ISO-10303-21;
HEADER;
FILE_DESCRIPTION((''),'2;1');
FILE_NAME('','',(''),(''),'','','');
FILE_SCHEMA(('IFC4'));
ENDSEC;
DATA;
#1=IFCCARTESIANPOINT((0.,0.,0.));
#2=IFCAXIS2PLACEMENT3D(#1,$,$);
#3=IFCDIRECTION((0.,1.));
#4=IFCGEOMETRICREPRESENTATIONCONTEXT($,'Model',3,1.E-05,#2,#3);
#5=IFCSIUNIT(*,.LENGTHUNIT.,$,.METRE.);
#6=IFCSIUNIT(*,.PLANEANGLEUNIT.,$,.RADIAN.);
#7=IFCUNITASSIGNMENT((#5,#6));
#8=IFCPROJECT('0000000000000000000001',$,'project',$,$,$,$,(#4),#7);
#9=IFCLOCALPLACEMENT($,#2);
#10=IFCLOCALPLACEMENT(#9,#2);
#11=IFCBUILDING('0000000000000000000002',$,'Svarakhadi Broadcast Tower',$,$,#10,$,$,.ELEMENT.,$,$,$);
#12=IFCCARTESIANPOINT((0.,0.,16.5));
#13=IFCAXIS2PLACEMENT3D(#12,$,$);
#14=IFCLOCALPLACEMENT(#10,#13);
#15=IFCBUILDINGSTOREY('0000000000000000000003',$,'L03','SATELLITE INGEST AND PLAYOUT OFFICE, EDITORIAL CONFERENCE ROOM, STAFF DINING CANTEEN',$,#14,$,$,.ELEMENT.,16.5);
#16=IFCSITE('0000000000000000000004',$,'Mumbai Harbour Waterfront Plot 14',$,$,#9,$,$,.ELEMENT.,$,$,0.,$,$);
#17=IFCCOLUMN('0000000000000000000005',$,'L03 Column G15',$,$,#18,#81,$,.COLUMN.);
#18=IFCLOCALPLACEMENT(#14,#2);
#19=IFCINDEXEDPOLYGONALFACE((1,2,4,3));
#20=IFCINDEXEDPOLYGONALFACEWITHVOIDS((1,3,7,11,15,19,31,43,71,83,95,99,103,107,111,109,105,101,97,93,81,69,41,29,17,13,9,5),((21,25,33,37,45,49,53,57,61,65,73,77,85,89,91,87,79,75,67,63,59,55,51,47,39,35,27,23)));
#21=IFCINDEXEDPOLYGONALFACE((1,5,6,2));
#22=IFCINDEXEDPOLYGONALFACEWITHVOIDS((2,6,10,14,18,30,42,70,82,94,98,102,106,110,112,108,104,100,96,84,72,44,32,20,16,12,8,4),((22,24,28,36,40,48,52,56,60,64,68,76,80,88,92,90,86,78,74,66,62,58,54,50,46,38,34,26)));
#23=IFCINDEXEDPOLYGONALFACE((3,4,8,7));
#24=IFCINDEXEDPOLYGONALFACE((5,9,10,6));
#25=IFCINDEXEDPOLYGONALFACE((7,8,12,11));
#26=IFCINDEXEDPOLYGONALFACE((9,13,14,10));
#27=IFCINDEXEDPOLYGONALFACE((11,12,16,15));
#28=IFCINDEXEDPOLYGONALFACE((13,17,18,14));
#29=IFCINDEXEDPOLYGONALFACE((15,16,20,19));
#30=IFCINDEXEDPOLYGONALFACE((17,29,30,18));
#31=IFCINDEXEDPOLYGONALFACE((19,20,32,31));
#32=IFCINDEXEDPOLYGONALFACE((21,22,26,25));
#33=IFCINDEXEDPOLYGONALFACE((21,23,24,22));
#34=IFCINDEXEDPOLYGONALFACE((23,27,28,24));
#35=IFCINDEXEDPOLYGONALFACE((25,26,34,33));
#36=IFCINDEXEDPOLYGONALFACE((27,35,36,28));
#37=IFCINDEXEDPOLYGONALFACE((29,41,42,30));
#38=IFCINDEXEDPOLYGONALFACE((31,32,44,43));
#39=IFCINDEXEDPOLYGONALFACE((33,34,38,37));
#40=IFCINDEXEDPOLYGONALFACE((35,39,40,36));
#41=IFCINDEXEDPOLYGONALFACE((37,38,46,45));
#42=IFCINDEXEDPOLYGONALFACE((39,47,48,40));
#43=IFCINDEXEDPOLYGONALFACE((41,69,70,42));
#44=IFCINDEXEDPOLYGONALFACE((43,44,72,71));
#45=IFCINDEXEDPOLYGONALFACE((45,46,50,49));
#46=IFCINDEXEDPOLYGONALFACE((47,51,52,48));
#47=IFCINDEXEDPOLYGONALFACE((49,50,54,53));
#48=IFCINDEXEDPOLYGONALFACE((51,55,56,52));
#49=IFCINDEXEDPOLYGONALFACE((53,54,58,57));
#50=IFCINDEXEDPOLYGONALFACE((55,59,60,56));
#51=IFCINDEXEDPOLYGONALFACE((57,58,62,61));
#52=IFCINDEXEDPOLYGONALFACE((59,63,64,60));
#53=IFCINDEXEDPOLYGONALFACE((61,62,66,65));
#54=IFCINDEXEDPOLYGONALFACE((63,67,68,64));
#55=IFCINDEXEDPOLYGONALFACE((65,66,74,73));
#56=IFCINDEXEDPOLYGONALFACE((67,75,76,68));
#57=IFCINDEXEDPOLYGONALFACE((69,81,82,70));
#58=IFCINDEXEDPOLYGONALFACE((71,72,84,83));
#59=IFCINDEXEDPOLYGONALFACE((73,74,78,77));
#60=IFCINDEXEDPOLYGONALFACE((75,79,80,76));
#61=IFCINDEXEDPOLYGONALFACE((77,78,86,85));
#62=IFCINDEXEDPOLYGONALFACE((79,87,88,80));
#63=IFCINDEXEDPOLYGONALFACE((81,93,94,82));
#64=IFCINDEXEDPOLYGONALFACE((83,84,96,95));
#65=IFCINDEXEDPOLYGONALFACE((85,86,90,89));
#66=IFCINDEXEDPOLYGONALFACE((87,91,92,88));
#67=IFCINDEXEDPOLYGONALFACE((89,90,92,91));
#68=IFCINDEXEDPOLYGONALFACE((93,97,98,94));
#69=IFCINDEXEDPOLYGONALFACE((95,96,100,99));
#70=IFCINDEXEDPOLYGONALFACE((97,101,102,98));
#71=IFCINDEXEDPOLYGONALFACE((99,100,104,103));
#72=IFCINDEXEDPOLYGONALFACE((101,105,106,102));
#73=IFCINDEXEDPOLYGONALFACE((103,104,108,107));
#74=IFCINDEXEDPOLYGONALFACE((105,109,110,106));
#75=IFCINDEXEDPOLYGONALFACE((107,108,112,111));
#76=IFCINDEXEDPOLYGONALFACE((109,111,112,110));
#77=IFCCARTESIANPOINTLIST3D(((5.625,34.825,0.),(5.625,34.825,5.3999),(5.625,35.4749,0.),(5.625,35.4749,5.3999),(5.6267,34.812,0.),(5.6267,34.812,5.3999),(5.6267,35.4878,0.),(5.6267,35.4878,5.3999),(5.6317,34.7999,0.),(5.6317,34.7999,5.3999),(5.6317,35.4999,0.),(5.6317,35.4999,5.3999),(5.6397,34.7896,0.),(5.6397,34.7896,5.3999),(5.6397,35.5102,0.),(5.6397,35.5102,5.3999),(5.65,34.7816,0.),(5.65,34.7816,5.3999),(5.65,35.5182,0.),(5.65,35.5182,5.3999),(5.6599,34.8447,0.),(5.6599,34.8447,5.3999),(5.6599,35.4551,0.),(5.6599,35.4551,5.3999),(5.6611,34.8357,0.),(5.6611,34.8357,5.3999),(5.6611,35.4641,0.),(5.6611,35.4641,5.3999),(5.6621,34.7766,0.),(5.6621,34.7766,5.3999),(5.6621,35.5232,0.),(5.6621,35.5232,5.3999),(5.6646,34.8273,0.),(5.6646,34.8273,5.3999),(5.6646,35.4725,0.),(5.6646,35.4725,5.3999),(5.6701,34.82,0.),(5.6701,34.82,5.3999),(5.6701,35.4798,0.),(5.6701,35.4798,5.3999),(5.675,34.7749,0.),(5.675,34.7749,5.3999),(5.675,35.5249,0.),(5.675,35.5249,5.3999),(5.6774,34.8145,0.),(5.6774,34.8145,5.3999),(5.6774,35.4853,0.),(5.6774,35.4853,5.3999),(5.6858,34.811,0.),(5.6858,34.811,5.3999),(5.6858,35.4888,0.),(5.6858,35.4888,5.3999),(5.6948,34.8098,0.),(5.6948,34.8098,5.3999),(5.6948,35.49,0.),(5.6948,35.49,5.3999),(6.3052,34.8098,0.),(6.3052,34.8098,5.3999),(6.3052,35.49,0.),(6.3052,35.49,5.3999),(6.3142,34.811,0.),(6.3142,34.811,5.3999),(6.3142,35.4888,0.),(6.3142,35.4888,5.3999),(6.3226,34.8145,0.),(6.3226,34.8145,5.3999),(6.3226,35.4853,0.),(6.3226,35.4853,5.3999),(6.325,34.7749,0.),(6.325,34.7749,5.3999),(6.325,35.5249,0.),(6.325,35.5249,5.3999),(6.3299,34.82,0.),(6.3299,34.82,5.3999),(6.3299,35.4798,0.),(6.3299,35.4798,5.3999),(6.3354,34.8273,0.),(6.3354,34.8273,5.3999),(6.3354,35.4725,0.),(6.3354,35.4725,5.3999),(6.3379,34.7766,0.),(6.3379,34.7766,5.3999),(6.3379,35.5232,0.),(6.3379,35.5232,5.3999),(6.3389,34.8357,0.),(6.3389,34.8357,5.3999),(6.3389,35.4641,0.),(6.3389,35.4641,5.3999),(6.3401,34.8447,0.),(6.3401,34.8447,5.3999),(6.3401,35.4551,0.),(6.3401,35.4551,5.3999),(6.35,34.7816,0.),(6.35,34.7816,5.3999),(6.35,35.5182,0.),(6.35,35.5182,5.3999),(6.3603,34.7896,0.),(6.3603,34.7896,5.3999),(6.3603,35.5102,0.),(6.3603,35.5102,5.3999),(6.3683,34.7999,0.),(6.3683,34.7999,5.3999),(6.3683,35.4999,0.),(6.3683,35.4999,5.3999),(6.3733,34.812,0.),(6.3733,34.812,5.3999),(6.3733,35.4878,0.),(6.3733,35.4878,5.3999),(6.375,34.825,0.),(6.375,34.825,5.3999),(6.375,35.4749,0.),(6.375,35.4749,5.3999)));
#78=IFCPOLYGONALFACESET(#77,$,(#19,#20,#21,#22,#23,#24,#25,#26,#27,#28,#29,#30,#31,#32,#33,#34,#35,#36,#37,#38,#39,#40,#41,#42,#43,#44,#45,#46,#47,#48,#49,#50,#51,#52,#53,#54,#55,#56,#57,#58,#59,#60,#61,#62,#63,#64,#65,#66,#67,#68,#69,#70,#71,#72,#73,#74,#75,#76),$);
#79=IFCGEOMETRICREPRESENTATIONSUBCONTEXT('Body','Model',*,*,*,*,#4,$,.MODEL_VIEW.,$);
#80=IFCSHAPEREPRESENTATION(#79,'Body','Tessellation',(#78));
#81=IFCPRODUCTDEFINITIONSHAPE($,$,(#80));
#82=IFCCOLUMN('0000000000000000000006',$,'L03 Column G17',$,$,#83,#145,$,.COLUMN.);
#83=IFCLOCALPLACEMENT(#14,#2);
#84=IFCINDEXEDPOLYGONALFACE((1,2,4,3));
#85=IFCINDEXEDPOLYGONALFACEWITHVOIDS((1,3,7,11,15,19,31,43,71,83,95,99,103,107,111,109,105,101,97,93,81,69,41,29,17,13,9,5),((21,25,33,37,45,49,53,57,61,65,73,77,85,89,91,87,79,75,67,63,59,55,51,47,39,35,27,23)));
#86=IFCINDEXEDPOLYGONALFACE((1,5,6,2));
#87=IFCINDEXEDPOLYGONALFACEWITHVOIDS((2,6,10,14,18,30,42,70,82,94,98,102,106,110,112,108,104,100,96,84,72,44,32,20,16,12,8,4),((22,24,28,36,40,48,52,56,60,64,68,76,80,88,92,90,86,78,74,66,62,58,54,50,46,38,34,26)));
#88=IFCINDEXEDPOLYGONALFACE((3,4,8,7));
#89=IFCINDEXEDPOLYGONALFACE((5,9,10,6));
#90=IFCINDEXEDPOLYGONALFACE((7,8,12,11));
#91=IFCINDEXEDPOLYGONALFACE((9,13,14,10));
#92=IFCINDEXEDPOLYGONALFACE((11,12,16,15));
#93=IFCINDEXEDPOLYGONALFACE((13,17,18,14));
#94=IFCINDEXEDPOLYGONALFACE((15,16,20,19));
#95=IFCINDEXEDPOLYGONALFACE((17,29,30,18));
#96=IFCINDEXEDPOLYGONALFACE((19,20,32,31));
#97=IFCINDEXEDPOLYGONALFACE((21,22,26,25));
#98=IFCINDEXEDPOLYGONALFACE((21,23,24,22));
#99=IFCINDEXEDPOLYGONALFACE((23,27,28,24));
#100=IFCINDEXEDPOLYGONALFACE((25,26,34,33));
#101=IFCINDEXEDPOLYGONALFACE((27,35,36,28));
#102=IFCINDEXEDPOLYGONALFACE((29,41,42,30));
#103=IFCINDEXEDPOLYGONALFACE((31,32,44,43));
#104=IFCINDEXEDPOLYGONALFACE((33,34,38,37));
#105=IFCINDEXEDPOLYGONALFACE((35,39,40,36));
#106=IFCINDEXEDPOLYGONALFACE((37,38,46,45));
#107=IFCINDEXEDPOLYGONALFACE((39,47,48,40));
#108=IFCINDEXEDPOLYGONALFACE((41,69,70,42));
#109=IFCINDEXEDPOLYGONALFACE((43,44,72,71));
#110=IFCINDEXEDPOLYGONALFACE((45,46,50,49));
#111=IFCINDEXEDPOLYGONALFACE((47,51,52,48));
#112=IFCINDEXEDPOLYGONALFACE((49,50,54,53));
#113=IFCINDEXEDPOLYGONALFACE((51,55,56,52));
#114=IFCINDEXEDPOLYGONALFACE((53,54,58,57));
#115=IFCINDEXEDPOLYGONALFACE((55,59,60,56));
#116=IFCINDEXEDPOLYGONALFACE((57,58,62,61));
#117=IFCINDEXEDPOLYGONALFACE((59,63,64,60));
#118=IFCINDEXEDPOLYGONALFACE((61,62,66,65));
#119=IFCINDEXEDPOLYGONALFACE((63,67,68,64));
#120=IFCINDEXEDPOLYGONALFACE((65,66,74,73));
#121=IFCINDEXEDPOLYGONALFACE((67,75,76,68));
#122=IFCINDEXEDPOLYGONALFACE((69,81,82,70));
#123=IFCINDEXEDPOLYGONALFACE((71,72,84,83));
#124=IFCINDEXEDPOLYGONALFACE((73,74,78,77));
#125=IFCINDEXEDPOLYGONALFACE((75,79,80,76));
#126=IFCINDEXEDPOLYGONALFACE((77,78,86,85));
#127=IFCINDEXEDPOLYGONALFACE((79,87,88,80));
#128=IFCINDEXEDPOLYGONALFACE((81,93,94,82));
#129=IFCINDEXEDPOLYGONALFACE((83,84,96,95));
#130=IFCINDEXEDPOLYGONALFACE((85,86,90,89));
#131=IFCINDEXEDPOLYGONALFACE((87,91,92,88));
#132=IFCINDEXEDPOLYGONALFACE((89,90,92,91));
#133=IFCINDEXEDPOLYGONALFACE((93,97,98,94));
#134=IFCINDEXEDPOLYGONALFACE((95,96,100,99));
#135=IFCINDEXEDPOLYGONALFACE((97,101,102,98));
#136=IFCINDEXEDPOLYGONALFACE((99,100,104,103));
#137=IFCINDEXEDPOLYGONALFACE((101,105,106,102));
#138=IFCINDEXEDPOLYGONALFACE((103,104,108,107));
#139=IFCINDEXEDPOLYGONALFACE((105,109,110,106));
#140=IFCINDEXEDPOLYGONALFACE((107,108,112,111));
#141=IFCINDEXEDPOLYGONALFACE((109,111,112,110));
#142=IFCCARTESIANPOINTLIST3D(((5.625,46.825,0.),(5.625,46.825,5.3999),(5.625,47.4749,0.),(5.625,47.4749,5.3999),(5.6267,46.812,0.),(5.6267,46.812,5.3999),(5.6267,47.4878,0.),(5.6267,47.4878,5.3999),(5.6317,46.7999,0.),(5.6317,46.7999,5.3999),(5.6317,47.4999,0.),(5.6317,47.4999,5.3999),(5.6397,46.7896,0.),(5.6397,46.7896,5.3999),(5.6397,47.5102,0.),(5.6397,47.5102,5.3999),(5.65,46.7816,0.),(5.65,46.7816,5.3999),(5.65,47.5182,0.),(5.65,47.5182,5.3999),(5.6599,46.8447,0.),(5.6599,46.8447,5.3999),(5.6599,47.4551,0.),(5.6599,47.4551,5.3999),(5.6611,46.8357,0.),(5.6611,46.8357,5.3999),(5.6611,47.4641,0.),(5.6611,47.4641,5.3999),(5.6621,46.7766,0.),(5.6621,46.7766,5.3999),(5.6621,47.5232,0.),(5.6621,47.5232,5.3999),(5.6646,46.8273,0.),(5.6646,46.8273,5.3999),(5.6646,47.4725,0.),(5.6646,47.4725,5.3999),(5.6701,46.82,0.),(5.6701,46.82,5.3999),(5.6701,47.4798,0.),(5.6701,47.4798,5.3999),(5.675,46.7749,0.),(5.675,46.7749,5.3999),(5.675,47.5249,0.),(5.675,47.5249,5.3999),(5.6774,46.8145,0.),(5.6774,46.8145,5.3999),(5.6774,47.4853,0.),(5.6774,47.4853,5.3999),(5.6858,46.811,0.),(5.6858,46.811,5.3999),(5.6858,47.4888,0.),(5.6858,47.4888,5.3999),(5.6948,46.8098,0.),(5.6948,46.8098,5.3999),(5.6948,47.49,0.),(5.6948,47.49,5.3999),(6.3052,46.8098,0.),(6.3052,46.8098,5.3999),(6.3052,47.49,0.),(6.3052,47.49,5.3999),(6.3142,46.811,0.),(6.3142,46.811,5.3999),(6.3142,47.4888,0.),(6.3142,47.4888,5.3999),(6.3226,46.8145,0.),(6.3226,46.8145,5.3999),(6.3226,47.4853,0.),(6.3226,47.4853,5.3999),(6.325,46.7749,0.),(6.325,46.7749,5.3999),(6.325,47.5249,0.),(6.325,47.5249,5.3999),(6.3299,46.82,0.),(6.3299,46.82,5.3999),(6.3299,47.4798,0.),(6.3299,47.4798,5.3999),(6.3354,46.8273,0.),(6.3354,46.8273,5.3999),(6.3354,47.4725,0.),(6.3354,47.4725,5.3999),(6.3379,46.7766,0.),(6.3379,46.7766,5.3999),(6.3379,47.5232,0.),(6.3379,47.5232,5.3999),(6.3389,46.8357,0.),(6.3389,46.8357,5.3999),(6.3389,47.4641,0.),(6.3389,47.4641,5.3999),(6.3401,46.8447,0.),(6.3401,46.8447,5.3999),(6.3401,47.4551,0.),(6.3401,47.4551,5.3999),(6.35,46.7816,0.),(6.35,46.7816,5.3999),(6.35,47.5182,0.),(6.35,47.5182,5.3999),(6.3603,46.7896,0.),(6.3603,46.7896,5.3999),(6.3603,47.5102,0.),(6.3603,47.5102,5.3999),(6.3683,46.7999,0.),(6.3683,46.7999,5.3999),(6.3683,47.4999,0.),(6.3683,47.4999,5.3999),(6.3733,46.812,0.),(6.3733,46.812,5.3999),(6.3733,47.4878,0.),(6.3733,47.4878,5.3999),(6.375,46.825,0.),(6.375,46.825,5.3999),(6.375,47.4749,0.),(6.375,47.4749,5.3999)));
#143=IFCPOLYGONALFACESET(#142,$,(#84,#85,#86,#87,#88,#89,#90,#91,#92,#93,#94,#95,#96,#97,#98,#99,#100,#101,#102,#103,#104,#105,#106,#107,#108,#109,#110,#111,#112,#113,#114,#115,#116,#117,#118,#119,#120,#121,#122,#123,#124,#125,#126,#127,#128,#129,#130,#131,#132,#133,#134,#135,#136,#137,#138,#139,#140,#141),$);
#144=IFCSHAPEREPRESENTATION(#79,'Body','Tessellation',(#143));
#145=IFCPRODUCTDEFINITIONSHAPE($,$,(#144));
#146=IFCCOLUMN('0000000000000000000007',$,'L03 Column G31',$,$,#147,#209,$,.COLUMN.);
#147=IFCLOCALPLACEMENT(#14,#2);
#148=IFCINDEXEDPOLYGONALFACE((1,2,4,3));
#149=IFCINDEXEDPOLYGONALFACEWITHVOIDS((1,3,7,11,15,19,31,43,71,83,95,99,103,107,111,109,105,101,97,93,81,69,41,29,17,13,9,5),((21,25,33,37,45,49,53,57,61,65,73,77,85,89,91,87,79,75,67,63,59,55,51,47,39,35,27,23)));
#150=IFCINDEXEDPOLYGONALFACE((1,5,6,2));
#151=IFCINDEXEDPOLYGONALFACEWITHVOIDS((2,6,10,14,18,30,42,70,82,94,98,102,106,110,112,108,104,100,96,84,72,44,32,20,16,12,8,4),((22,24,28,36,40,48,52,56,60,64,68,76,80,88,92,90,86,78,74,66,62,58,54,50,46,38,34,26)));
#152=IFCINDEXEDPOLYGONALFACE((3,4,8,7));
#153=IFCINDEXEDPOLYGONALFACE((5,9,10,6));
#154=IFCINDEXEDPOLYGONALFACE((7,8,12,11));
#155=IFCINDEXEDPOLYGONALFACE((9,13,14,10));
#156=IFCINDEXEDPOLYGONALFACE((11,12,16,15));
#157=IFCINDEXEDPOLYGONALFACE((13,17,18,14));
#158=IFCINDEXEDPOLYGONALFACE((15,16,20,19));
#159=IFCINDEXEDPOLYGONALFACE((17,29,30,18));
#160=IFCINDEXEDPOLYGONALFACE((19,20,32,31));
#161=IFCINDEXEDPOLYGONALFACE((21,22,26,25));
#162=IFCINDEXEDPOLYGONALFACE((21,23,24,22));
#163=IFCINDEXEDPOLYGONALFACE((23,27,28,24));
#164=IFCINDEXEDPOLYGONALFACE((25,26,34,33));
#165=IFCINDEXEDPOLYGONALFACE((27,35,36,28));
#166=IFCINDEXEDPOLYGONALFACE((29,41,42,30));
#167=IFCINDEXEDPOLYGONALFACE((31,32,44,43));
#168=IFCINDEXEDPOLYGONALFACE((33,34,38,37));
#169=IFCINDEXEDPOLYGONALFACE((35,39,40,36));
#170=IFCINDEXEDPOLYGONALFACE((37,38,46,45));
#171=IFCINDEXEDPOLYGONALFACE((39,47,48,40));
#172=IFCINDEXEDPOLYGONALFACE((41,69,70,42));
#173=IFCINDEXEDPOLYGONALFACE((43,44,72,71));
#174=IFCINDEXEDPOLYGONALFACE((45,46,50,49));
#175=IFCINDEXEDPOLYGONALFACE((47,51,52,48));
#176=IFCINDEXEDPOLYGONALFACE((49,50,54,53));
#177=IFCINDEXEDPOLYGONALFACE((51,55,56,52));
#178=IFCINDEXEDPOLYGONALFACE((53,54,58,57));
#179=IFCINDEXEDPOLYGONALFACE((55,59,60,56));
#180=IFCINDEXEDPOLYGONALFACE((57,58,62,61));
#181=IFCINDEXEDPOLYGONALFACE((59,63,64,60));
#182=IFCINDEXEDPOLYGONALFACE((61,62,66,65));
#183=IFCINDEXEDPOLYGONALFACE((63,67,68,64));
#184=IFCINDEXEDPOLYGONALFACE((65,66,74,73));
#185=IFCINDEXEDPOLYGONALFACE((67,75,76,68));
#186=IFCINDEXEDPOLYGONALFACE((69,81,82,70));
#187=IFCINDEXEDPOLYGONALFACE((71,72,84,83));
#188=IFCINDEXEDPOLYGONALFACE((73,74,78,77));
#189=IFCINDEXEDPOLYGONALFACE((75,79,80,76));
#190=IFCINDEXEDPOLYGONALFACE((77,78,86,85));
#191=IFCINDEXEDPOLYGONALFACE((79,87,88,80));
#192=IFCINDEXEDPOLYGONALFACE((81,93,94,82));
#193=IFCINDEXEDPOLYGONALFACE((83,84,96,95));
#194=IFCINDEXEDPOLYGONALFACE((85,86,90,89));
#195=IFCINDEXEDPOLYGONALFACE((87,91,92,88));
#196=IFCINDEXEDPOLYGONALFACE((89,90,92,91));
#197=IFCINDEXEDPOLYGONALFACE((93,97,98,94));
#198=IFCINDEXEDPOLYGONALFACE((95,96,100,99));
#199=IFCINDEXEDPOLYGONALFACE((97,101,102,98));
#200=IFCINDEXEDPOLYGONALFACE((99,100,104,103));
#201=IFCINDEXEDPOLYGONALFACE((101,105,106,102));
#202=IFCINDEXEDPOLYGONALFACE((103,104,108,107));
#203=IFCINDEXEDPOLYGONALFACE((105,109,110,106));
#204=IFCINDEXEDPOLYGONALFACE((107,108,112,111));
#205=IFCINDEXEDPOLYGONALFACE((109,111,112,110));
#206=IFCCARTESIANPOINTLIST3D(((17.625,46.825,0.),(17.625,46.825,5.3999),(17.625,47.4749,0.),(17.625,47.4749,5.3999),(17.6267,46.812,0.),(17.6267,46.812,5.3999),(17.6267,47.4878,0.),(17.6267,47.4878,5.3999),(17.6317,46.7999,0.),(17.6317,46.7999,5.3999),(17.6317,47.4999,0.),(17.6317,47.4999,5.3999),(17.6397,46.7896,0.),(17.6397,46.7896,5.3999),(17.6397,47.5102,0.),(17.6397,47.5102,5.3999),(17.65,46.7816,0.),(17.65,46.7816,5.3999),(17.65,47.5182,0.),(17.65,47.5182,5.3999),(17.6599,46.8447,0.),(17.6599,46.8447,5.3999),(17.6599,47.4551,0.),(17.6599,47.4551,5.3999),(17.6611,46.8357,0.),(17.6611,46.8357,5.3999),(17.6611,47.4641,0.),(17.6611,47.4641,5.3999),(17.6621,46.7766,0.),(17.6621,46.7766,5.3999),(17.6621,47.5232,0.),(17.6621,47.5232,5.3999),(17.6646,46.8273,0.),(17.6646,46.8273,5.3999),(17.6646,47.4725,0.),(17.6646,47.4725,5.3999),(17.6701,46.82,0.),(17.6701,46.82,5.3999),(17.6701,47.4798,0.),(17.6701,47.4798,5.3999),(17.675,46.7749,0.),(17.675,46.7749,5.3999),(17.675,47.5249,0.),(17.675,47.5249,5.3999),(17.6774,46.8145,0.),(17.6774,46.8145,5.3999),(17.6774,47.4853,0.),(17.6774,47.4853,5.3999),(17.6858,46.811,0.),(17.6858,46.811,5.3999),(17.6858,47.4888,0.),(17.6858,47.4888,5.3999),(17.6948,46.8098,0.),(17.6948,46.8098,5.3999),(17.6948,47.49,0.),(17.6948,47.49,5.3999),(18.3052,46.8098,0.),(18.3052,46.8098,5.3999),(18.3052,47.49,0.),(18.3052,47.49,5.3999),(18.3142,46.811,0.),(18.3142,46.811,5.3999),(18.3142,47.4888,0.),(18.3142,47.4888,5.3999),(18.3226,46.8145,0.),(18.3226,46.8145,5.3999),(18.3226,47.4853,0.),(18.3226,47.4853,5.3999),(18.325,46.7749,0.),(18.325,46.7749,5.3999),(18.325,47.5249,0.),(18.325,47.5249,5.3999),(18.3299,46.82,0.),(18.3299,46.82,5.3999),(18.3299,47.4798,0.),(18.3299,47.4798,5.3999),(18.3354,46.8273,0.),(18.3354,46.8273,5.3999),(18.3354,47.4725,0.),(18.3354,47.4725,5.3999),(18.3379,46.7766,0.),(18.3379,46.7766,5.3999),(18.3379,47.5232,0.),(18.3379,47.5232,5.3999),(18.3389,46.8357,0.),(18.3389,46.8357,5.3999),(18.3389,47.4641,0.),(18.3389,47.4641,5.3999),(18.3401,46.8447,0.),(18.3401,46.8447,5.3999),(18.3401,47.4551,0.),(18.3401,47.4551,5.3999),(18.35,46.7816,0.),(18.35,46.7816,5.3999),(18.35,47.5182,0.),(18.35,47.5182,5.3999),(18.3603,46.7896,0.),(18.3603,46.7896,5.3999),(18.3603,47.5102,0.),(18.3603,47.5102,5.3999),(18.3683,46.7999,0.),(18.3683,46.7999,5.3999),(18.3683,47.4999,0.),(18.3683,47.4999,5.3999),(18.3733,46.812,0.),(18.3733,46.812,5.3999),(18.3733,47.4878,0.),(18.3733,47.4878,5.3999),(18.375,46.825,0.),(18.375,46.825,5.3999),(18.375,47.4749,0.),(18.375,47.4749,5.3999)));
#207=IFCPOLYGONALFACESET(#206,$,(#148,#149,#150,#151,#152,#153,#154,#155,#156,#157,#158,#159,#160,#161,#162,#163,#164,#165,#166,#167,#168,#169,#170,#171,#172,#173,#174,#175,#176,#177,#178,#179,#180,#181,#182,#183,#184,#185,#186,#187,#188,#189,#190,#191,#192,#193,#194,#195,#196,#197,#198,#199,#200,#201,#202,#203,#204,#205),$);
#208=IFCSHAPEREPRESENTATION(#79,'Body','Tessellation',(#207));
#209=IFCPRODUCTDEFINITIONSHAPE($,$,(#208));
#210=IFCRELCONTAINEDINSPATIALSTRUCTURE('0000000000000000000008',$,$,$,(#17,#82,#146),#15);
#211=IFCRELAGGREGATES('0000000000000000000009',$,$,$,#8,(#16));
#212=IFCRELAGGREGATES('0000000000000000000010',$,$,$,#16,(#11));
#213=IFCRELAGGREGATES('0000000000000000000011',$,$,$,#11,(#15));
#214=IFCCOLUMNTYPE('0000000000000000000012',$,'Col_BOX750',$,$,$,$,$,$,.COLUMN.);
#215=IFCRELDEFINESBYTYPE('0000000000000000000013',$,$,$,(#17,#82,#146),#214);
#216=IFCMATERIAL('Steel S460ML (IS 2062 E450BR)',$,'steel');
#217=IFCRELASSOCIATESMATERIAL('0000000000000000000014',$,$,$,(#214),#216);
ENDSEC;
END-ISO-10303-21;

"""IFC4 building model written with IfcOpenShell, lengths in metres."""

from ifc_helpers import new_model, si_unit, direction, frame, origin, origin_2d, place, context, subcontext, project, spatial, hollow_rectangle, extrude, material, material_profile, profile_set, type_object, element, save


model = new_model("IFC4")

# Units and contexts
model_context = context("Model", 3, precision=1e-05, world=origin(), true_north=direction((0.0, 1.0)))
body_context = subcontext(model_context, "Body", "Model", "MODEL_VIEW")
ifc_project = project(units=[si_unit("LENGTHUNIT", "METRE"), si_unit("PLANEANGLEUNIT", "RADIAN")], contexts=[model_context])

# Site, building, storey
site_placement = place(None, origin())
site = spatial("IfcSite", under=ifc_project, at=site_placement, Name="Mumbai Harbour Waterfront Plot 14", CompositionType="ELEMENT", RefElevation=0.0)
building_placement = place(site_placement, origin())
building = spatial("IfcBuilding", under=site, at=building_placement, Name="Svarakhadi Broadcast Tower", CompositionType="ELEMENT")
storey_placement = place(building_placement, frame((0.0, 0.0, 16.5)))
storey = spatial("IfcBuildingStorey", under=building, at=storey_placement, Name="L03", Description="SATELLITE INGEST AND PLAYOUT OFFICE, EDITORIAL CONFERENCE ROOM, STAFF DINING CANTEEN", CompositionType="ELEMENT", Elevation=16.5)

# Columns
ifc_material_1 = material(Name="Steel S460ML (IS 2062 E450BR)", Category="steel")
ifc_material_profile_1 = material_profile(ifc_material_1, hollow_rectangle(XDim=0.75, YDim=0.75, WallThickness=0.0349, InnerFilletRadius=0.0349, OuterFilletRadius=0.05, at=origin_2d()), Name="BOX 750x750x35")
ifc_profile_set_1 = profile_set([ifc_material_profile_1], Name="Steel S460ML (IS 2062 E450BR)")
column_type_1 = type_object("IfcColumnType", Name="Col_BOX750", PredefinedType="COLUMN", material=ifc_profile_set_1)
for number, where, z_axis, x_axis, name in (
    (1, (6.0, 35.1499, 0.0), (0.0, 0.0, 1.0), (1.0, 0.0, 0.0), "L03 Column G15"),
    (2, (6.0, 47.1499, 0.0), (0.0, 0.0, 1.0), (1.0, 0.0, 0.0), "L03 Column G17"),
    (3, (18.0, 47.1499, 0.0), (0.0, 0.0, 1.0), (1.0, 0.0, 0.0), "L03 Column G31"),
):
    element("IfcColumn", number, at=place(storey_placement, frame(where, z_axis=z_axis, x_axis=x_axis)), inside=storey, type_object=column_type_1, Name=name, PredefinedType="COLUMN", context=body_context, shape_type="SweptSolid", body=[
        extrude(hollow_rectangle(XDim=0.75, YDim=0.75, WallThickness=0.0349, InnerFilletRadius=0.0349, OuterFilletRadius=0.05, at=origin_2d()), origin(), (0.0, 0.0, 1.0), 5.3999),
    ])

save(model, "model.ifc")
